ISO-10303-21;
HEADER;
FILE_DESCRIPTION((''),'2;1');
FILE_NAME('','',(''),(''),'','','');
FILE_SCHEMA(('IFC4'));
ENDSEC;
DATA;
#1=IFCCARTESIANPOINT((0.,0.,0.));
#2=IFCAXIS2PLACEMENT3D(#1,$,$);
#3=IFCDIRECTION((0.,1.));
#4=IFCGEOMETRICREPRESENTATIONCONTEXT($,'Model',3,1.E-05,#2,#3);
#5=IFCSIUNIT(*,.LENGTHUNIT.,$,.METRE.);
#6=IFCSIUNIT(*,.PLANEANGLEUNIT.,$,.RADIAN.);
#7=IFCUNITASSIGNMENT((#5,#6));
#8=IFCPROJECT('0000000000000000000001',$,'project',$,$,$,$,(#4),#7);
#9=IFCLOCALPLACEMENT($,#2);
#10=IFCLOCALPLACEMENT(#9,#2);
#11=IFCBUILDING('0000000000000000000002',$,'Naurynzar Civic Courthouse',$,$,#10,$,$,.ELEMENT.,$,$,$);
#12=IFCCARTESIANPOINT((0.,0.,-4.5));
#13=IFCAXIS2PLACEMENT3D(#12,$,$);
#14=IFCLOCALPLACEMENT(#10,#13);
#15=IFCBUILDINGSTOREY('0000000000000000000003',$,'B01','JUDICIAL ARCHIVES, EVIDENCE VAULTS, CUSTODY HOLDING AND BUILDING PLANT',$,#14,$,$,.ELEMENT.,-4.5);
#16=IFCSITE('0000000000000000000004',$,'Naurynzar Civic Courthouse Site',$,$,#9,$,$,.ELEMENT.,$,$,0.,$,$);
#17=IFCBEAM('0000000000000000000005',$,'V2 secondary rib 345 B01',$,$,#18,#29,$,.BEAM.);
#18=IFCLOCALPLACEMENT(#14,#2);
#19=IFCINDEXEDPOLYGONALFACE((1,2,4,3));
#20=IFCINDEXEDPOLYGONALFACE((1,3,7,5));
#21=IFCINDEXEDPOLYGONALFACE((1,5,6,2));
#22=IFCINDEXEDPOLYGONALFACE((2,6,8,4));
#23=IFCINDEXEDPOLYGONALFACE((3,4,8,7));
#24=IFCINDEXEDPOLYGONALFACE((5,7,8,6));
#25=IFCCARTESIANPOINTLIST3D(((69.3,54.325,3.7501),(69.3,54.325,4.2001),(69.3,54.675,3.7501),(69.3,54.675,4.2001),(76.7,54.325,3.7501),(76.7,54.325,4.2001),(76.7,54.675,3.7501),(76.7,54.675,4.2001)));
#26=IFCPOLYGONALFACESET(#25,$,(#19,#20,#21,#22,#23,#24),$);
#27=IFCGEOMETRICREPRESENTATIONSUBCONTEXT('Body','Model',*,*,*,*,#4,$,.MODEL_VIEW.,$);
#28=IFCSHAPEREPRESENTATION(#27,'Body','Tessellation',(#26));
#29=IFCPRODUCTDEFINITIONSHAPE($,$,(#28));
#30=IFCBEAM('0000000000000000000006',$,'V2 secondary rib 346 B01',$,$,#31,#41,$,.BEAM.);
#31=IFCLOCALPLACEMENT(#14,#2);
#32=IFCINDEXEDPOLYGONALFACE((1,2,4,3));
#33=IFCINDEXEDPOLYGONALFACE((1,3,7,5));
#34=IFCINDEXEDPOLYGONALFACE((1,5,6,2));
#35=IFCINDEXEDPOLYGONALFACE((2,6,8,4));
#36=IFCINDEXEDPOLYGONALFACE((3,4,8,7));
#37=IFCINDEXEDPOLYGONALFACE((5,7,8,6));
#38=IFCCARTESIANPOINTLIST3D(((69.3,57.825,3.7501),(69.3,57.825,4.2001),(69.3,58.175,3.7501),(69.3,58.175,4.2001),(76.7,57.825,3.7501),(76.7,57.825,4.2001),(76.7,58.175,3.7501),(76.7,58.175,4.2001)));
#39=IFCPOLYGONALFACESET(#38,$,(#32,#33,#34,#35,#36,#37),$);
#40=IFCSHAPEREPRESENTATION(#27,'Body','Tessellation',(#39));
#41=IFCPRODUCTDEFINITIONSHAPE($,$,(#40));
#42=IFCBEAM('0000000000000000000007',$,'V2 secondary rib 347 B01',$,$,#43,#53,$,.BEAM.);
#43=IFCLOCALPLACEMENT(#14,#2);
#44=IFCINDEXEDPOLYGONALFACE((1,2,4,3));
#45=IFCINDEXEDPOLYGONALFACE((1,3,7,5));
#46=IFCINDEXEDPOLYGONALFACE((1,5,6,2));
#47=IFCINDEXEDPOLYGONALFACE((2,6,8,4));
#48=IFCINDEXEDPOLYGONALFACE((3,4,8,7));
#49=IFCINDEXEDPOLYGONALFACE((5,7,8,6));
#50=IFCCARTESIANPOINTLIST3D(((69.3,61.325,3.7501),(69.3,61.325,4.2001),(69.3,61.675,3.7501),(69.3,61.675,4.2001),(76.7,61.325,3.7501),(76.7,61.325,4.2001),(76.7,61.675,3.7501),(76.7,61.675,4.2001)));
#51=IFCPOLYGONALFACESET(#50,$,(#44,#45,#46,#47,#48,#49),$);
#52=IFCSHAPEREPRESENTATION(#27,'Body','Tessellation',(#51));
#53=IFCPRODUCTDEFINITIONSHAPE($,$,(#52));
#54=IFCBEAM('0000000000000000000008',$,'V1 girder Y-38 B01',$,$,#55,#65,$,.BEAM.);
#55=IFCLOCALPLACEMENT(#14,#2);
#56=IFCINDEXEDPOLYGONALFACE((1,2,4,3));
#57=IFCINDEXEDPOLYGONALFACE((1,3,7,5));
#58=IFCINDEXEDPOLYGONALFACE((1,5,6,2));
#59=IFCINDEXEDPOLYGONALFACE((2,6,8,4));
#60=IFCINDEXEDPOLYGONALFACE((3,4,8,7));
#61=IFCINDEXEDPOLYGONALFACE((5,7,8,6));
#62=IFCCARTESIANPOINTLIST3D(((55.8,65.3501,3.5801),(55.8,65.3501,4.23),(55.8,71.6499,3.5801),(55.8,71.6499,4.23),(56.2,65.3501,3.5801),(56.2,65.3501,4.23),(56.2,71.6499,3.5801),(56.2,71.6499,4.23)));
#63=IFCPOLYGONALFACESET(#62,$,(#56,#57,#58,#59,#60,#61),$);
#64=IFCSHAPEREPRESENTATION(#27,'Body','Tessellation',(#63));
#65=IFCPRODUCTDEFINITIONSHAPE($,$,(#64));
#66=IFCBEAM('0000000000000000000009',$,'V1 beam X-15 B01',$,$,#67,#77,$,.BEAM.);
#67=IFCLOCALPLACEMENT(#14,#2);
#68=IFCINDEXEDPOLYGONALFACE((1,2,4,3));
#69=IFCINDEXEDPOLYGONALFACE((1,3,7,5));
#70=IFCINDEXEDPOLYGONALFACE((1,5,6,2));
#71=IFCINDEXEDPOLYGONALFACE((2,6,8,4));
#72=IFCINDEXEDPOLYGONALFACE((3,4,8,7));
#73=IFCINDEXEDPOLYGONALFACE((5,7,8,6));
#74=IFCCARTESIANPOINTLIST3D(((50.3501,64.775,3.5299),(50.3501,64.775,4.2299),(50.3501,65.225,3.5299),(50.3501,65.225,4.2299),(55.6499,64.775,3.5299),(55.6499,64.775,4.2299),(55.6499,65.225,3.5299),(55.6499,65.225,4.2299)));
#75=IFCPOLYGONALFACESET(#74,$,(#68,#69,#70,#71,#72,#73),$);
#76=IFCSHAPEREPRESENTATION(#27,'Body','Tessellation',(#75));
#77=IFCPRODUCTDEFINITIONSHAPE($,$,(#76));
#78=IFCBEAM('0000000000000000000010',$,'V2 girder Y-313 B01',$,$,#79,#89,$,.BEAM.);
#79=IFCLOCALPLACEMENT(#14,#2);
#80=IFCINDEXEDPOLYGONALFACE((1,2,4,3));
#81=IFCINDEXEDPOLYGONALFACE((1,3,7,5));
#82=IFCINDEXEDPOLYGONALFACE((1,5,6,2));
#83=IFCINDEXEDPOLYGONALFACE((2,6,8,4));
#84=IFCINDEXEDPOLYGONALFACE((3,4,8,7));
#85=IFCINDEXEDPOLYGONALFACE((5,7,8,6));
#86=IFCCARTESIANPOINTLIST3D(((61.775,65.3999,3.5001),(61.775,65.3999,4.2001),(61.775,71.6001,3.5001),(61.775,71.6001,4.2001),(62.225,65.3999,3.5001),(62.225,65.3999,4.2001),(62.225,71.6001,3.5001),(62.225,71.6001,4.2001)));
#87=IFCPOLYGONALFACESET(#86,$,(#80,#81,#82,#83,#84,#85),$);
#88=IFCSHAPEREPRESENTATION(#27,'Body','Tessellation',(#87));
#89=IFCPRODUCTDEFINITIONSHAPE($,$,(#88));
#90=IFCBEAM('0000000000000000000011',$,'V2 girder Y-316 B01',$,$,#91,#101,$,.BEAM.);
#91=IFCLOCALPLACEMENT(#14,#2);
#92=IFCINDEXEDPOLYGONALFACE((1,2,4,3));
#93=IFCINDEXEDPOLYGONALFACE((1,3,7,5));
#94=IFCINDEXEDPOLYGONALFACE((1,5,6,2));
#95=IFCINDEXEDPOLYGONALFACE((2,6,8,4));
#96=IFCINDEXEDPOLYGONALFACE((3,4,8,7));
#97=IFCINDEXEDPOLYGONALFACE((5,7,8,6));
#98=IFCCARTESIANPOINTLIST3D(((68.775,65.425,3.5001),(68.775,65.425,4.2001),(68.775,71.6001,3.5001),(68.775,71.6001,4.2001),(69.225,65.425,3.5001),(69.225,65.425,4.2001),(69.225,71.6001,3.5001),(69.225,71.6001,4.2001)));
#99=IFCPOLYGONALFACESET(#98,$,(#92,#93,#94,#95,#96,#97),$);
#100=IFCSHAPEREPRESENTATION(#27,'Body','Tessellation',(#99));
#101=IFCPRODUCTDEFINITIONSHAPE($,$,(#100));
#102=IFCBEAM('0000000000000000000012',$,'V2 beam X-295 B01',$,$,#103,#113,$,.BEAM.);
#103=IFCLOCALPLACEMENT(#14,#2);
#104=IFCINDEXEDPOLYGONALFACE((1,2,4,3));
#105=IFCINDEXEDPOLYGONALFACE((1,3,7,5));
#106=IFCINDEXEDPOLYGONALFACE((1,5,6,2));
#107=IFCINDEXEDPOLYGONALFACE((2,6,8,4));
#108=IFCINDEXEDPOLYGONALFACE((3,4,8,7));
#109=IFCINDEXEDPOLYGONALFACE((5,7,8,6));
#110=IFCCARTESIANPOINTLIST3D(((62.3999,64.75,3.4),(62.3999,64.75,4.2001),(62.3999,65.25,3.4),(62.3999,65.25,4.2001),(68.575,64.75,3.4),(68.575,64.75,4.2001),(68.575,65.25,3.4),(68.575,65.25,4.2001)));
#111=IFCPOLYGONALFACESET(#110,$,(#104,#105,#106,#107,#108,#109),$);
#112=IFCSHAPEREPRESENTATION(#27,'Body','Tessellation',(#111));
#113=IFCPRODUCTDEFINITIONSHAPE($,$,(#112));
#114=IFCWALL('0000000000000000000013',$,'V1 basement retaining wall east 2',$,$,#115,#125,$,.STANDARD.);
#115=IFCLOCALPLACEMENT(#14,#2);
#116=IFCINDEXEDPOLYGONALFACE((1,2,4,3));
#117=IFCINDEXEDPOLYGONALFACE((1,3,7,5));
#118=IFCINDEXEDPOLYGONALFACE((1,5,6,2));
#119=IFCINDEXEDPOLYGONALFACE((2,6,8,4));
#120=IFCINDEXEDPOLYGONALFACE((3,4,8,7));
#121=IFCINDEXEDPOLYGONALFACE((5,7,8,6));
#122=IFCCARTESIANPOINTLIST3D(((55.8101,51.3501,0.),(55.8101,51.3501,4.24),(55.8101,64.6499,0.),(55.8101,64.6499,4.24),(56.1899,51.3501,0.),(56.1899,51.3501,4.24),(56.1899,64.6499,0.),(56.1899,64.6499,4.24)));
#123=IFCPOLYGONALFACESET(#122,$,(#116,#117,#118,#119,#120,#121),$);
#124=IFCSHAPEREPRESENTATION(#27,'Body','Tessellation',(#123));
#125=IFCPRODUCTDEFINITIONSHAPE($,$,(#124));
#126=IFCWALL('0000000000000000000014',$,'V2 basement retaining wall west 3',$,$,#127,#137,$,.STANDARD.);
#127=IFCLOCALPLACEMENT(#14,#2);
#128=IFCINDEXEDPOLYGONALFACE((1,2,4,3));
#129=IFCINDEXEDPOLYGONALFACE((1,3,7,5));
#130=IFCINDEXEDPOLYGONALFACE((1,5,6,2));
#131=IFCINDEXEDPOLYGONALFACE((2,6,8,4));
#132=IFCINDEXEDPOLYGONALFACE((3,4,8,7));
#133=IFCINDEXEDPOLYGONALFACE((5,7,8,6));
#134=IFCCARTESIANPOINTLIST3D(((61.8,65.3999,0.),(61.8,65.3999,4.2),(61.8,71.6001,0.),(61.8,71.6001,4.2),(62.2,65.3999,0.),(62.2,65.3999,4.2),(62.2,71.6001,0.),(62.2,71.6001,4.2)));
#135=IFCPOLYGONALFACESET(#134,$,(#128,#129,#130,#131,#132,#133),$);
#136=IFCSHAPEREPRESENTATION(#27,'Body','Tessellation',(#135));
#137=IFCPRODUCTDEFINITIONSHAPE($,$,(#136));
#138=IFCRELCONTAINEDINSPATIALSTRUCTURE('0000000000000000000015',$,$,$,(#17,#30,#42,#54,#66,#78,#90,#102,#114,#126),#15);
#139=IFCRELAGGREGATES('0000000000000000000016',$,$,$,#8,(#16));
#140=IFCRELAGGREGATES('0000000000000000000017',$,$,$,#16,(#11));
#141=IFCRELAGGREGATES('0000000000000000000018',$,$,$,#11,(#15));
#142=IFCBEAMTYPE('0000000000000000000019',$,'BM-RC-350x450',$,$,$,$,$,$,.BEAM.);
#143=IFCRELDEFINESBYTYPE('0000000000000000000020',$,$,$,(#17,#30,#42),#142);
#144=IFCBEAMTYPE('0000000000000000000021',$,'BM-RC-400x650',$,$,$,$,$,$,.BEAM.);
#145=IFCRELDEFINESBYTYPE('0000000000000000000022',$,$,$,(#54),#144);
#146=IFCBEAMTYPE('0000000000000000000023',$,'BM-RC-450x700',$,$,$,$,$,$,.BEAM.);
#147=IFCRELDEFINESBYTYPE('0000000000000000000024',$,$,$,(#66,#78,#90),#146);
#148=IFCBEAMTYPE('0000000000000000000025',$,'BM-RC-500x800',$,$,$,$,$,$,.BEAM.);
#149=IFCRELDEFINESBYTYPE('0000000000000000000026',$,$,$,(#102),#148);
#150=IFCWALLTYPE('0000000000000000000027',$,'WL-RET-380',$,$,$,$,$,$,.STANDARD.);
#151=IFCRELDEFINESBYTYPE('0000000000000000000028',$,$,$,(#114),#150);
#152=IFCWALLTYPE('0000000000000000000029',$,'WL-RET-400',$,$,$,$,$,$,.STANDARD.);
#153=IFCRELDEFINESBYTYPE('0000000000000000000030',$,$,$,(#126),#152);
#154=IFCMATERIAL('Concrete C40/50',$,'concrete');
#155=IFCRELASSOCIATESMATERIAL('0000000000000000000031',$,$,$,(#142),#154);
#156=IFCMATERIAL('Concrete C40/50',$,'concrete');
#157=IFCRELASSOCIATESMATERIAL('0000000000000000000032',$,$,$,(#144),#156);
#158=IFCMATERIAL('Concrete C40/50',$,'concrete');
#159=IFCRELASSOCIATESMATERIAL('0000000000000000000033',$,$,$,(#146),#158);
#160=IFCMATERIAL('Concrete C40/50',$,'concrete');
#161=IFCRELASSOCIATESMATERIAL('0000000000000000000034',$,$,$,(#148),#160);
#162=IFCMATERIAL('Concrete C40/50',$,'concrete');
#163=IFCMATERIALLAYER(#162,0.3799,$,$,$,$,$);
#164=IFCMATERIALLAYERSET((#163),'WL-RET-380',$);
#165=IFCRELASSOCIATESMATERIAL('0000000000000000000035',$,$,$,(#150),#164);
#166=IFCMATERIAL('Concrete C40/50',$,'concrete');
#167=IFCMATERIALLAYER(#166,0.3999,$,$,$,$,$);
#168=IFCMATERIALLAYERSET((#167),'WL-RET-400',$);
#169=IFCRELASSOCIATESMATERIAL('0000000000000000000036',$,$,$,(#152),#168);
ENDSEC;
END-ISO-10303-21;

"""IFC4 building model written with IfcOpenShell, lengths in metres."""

from ifc_helpers import new_model, si_unit, direction, frame, frame_2d, origin, origin_2d, place, context, subcontext, project, spatial, rectangle, extrude, material, layer, layer_set, material_profile, profile_set, type_object, element, save


model = new_model("IFC4")

# Units and contexts
model_context = context("Model", 3, precision=1e-05, world=origin(), true_north=direction((0.0, 1.0)))
body_context = subcontext(model_context, "Body", "Model", "MODEL_VIEW")
ifc_project = project(units=[si_unit("LENGTHUNIT", "METRE"), si_unit("PLANEANGLEUNIT", "RADIAN")], contexts=[model_context])

# Site, building, storey
site_placement = place(None, origin())
site = spatial("IfcSite", under=ifc_project, at=site_placement, Name="Naurynzar Civic Courthouse Site", CompositionType="ELEMENT", RefElevation=0.0)
building_placement = place(site_placement, origin())
building = spatial("IfcBuilding", under=site, at=building_placement, Name="Naurynzar Civic Courthouse", CompositionType="ELEMENT")
storey_placement = place(building_placement, frame((0.0, 0.0, -4.5)))
storey = spatial("IfcBuildingStorey", under=building, at=storey_placement, Name="B01", Description="JUDICIAL ARCHIVES, EVIDENCE VAULTS, CUSTODY HOLDING AND BUILDING PLANT", CompositionType="ELEMENT", Elevation=-4.5)

# Beams
ifc_material_1 = material(Name="Concrete C40/50", Category="concrete")
ifc_material_profile_1 = material_profile(ifc_material_1, rectangle(XDim=0.3501, YDim=0.45, at=origin_2d()), Name="RCB 350x450")
ifc_profile_set_1 = profile_set([ifc_material_profile_1], Name="Concrete C40/50")
beam_type_1 = type_object("IfcBeamType", Name="BM-RC-350x450", PredefinedType="BEAM", material=ifc_profile_set_1)
for number, where, z_axis, x_axis, name in (
    (1, (69.3, 54.5, 3.9751), (1.0, 0.0, 0.0), (0.0, 1.0, 0.0), "V2 secondary rib 345 B01"),
    (2, (69.3, 58.0, 3.9751), (1.0, 0.0, 0.0), (0.0, 1.0, 0.0), "V2 secondary rib 346 B01"),
    (3, (69.3, 61.5, 3.9751), (1.0, 0.0, 0.0), (0.0, 1.0, 0.0), "V2 secondary rib 347 B01"),
):
    element("IfcBeam", number, at=place(storey_placement, frame(where, z_axis=z_axis, x_axis=x_axis)), inside=storey, type_object=beam_type_1, Name=name, PredefinedType="BEAM", context=body_context, shape_type="SweptSolid", body=[
        extrude(rectangle(XDim=0.3501, YDim=0.45, at=origin_2d()), origin(), (0.0, 0.0, 1.0), 7.3999),
    ])
ifc_material_2 = material(Name="Concrete C40/50", Category="concrete")
ifc_material_profile_2 = material_profile(ifc_material_2, rectangle(XDim=0.3999, YDim=0.6499, at=origin_2d()), Name="RCB 400x650")
ifc_profile_set_2 = profile_set([ifc_material_profile_2], Name="Concrete C40/50")
beam_type_2 = type_object("IfcBeamType", Name="BM-RC-400x650", PredefinedType="BEAM", material=ifc_profile_set_2)
beam_1_placement = place(storey_placement, frame((56.0, 65.3501, 3.905), z_axis=(0.0, 1.0, 0.0), x_axis=(-1.0, 0.0, 0.0)))
element("IfcBeam", 4, at=beam_1_placement, inside=storey, type_object=beam_type_2, Name="V1 girder Y-38 B01", PredefinedType="BEAM", context=body_context, shape_type="SweptSolid", body=[
    extrude(rectangle(XDim=0.3999, YDim=0.6499, at=origin_2d()), origin(), (0.0, 0.0, 1.0), 6.2998),
])
ifc_material_3 = material(Name="Concrete C40/50", Category="concrete")
ifc_material_profile_3 = material_profile(ifc_material_3, rectangle(XDim=0.45, YDim=0.7, at=origin_2d()), Name="RCB 450x700")
ifc_profile_set_3 = profile_set([ifc_material_profile_3], Name="Concrete C40/50")
beam_type_3 = type_object("IfcBeamType", Name="BM-RC-450x700", PredefinedType="BEAM", material=ifc_profile_set_3)
beam_2_placement = place(storey_placement, frame((50.3501, 65.0, 3.8799), z_axis=(1.0, 0.0, 0.0), x_axis=(0.0, 1.0, 0.0)))
element("IfcBeam", 5, at=beam_2_placement, inside=storey, type_object=beam_type_3, Name="V1 beam X-15 B01", PredefinedType="BEAM", context=body_context, shape_type="SweptSolid", body=[
    extrude(rectangle(XDim=0.45, YDim=0.7, at=origin_2d()), origin(), (0.0, 0.0, 1.0), 5.2998),
])
beam_3_placement = place(storey_placement, frame((62.0, 65.3999, 3.8501), z_axis=(0.0, 1.0, 0.0), x_axis=(-1.0, 0.0, 0.0)))
element("IfcBeam", 6, at=beam_3_placement, inside=storey, type_object=beam_type_3, Name="V2 girder Y-313 B01", PredefinedType="BEAM", context=body_context, shape_type="SweptSolid", body=[
    extrude(rectangle(XDim=0.45, YDim=0.7, at=origin_2d()), origin(), (0.0, 0.0, 1.0), 6.2002),
])
beam_4_placement = place(storey_placement, frame((69.0, 65.425, 3.8501), z_axis=(0.0, 1.0, 0.0), x_axis=(-1.0, 0.0, 0.0)))
element("IfcBeam", 7, at=beam_4_placement, inside=storey, type_object=beam_type_3, Name="V2 girder Y-316 B01", PredefinedType="BEAM", context=body_context, shape_type="SweptSolid", body=[
    extrude(rectangle(XDim=0.45, YDim=0.7, at=origin_2d()), origin(), (0.0, 0.0, 1.0), 6.175),
])
ifc_material_4 = material(Name="Concrete C40/50", Category="concrete")
ifc_material_profile_4 = material_profile(ifc_material_4, rectangle(XDim=0.5, YDim=0.8, at=origin_2d()), Name="RCB 500x800")
ifc_profile_set_4 = profile_set([ifc_material_profile_4], Name="Concrete C40/50")
beam_type_4 = type_object("IfcBeamType", Name="BM-RC-500x800", PredefinedType="BEAM", material=ifc_profile_set_4)
beam_5_placement = place(storey_placement, frame((62.3999, 65.0, 3.8), z_axis=(1.0, 0.0, 0.0), x_axis=(0.0, 1.0, 0.0)))
element("IfcBeam", 8, at=beam_5_placement, inside=storey, type_object=beam_type_4, Name="V2 beam X-295 B01", PredefinedType="BEAM", context=body_context, shape_type="SweptSolid", body=[
    extrude(rectangle(XDim=0.5, YDim=0.8, at=origin_2d()), origin(), (0.0, 0.0, 1.0), 6.175),
])

# Walls
ifc_material_5 = material(Name="Concrete C40/50", Category="concrete")
ifc_layer_1 = layer(ifc_material_5, 0.3799)
ifc_layer_set_1 = layer_set([ifc_layer_1], Name="WL-RET-380")
wall_type_1 = type_object("IfcWallType", Name="WL-RET-380", PredefinedType="STANDARD", material=ifc_layer_set_1)
wall_1_placement = place(storey_placement, frame((56.0, 64.6499, 0.0), z_axis=(0.0, 0.0, 1.0), x_axis=(0.0, -1.0, 0.0)))
element("IfcWall", 9, at=wall_1_placement, inside=storey, type_object=wall_type_1, Name="V1 basement retaining wall east 2", PredefinedType="STANDARD", context=body_context, shape_type="SweptSolid", body=[
    extrude(rectangle(XDim=13.2998, YDim=0.3799, at=frame_2d((6.6499, 0.0))), origin(), (0.0, 0.0, 1.0), 4.24),
])
ifc_material_6 = material(Name="Concrete C40/50", Category="concrete")
ifc_layer_2 = layer(ifc_material_6, 0.3999)
ifc_layer_set_2 = layer_set([ifc_layer_2], Name="WL-RET-400")
wall_type_2 = type_object("IfcWallType", Name="WL-RET-400", PredefinedType="STANDARD", material=ifc_layer_set_2)
wall_2_placement = place(storey_placement, frame((62.0, 65.3999, 0.0), z_axis=(0.0, 0.0, 1.0), x_axis=(0.0, 1.0, 0.0)))
element("IfcWall", 10, at=wall_2_placement, inside=storey, type_object=wall_type_2, Name="V2 basement retaining wall west 3", PredefinedType="STANDARD", context=body_context, shape_type="SweptSolid", body=[
    extrude(rectangle(XDim=6.2002, YDim=0.3999, at=frame_2d((3.1001, 0.0))), origin(), (0.0, 0.0, 1.0), 4.2),
])

save(model, "model.ifc")
